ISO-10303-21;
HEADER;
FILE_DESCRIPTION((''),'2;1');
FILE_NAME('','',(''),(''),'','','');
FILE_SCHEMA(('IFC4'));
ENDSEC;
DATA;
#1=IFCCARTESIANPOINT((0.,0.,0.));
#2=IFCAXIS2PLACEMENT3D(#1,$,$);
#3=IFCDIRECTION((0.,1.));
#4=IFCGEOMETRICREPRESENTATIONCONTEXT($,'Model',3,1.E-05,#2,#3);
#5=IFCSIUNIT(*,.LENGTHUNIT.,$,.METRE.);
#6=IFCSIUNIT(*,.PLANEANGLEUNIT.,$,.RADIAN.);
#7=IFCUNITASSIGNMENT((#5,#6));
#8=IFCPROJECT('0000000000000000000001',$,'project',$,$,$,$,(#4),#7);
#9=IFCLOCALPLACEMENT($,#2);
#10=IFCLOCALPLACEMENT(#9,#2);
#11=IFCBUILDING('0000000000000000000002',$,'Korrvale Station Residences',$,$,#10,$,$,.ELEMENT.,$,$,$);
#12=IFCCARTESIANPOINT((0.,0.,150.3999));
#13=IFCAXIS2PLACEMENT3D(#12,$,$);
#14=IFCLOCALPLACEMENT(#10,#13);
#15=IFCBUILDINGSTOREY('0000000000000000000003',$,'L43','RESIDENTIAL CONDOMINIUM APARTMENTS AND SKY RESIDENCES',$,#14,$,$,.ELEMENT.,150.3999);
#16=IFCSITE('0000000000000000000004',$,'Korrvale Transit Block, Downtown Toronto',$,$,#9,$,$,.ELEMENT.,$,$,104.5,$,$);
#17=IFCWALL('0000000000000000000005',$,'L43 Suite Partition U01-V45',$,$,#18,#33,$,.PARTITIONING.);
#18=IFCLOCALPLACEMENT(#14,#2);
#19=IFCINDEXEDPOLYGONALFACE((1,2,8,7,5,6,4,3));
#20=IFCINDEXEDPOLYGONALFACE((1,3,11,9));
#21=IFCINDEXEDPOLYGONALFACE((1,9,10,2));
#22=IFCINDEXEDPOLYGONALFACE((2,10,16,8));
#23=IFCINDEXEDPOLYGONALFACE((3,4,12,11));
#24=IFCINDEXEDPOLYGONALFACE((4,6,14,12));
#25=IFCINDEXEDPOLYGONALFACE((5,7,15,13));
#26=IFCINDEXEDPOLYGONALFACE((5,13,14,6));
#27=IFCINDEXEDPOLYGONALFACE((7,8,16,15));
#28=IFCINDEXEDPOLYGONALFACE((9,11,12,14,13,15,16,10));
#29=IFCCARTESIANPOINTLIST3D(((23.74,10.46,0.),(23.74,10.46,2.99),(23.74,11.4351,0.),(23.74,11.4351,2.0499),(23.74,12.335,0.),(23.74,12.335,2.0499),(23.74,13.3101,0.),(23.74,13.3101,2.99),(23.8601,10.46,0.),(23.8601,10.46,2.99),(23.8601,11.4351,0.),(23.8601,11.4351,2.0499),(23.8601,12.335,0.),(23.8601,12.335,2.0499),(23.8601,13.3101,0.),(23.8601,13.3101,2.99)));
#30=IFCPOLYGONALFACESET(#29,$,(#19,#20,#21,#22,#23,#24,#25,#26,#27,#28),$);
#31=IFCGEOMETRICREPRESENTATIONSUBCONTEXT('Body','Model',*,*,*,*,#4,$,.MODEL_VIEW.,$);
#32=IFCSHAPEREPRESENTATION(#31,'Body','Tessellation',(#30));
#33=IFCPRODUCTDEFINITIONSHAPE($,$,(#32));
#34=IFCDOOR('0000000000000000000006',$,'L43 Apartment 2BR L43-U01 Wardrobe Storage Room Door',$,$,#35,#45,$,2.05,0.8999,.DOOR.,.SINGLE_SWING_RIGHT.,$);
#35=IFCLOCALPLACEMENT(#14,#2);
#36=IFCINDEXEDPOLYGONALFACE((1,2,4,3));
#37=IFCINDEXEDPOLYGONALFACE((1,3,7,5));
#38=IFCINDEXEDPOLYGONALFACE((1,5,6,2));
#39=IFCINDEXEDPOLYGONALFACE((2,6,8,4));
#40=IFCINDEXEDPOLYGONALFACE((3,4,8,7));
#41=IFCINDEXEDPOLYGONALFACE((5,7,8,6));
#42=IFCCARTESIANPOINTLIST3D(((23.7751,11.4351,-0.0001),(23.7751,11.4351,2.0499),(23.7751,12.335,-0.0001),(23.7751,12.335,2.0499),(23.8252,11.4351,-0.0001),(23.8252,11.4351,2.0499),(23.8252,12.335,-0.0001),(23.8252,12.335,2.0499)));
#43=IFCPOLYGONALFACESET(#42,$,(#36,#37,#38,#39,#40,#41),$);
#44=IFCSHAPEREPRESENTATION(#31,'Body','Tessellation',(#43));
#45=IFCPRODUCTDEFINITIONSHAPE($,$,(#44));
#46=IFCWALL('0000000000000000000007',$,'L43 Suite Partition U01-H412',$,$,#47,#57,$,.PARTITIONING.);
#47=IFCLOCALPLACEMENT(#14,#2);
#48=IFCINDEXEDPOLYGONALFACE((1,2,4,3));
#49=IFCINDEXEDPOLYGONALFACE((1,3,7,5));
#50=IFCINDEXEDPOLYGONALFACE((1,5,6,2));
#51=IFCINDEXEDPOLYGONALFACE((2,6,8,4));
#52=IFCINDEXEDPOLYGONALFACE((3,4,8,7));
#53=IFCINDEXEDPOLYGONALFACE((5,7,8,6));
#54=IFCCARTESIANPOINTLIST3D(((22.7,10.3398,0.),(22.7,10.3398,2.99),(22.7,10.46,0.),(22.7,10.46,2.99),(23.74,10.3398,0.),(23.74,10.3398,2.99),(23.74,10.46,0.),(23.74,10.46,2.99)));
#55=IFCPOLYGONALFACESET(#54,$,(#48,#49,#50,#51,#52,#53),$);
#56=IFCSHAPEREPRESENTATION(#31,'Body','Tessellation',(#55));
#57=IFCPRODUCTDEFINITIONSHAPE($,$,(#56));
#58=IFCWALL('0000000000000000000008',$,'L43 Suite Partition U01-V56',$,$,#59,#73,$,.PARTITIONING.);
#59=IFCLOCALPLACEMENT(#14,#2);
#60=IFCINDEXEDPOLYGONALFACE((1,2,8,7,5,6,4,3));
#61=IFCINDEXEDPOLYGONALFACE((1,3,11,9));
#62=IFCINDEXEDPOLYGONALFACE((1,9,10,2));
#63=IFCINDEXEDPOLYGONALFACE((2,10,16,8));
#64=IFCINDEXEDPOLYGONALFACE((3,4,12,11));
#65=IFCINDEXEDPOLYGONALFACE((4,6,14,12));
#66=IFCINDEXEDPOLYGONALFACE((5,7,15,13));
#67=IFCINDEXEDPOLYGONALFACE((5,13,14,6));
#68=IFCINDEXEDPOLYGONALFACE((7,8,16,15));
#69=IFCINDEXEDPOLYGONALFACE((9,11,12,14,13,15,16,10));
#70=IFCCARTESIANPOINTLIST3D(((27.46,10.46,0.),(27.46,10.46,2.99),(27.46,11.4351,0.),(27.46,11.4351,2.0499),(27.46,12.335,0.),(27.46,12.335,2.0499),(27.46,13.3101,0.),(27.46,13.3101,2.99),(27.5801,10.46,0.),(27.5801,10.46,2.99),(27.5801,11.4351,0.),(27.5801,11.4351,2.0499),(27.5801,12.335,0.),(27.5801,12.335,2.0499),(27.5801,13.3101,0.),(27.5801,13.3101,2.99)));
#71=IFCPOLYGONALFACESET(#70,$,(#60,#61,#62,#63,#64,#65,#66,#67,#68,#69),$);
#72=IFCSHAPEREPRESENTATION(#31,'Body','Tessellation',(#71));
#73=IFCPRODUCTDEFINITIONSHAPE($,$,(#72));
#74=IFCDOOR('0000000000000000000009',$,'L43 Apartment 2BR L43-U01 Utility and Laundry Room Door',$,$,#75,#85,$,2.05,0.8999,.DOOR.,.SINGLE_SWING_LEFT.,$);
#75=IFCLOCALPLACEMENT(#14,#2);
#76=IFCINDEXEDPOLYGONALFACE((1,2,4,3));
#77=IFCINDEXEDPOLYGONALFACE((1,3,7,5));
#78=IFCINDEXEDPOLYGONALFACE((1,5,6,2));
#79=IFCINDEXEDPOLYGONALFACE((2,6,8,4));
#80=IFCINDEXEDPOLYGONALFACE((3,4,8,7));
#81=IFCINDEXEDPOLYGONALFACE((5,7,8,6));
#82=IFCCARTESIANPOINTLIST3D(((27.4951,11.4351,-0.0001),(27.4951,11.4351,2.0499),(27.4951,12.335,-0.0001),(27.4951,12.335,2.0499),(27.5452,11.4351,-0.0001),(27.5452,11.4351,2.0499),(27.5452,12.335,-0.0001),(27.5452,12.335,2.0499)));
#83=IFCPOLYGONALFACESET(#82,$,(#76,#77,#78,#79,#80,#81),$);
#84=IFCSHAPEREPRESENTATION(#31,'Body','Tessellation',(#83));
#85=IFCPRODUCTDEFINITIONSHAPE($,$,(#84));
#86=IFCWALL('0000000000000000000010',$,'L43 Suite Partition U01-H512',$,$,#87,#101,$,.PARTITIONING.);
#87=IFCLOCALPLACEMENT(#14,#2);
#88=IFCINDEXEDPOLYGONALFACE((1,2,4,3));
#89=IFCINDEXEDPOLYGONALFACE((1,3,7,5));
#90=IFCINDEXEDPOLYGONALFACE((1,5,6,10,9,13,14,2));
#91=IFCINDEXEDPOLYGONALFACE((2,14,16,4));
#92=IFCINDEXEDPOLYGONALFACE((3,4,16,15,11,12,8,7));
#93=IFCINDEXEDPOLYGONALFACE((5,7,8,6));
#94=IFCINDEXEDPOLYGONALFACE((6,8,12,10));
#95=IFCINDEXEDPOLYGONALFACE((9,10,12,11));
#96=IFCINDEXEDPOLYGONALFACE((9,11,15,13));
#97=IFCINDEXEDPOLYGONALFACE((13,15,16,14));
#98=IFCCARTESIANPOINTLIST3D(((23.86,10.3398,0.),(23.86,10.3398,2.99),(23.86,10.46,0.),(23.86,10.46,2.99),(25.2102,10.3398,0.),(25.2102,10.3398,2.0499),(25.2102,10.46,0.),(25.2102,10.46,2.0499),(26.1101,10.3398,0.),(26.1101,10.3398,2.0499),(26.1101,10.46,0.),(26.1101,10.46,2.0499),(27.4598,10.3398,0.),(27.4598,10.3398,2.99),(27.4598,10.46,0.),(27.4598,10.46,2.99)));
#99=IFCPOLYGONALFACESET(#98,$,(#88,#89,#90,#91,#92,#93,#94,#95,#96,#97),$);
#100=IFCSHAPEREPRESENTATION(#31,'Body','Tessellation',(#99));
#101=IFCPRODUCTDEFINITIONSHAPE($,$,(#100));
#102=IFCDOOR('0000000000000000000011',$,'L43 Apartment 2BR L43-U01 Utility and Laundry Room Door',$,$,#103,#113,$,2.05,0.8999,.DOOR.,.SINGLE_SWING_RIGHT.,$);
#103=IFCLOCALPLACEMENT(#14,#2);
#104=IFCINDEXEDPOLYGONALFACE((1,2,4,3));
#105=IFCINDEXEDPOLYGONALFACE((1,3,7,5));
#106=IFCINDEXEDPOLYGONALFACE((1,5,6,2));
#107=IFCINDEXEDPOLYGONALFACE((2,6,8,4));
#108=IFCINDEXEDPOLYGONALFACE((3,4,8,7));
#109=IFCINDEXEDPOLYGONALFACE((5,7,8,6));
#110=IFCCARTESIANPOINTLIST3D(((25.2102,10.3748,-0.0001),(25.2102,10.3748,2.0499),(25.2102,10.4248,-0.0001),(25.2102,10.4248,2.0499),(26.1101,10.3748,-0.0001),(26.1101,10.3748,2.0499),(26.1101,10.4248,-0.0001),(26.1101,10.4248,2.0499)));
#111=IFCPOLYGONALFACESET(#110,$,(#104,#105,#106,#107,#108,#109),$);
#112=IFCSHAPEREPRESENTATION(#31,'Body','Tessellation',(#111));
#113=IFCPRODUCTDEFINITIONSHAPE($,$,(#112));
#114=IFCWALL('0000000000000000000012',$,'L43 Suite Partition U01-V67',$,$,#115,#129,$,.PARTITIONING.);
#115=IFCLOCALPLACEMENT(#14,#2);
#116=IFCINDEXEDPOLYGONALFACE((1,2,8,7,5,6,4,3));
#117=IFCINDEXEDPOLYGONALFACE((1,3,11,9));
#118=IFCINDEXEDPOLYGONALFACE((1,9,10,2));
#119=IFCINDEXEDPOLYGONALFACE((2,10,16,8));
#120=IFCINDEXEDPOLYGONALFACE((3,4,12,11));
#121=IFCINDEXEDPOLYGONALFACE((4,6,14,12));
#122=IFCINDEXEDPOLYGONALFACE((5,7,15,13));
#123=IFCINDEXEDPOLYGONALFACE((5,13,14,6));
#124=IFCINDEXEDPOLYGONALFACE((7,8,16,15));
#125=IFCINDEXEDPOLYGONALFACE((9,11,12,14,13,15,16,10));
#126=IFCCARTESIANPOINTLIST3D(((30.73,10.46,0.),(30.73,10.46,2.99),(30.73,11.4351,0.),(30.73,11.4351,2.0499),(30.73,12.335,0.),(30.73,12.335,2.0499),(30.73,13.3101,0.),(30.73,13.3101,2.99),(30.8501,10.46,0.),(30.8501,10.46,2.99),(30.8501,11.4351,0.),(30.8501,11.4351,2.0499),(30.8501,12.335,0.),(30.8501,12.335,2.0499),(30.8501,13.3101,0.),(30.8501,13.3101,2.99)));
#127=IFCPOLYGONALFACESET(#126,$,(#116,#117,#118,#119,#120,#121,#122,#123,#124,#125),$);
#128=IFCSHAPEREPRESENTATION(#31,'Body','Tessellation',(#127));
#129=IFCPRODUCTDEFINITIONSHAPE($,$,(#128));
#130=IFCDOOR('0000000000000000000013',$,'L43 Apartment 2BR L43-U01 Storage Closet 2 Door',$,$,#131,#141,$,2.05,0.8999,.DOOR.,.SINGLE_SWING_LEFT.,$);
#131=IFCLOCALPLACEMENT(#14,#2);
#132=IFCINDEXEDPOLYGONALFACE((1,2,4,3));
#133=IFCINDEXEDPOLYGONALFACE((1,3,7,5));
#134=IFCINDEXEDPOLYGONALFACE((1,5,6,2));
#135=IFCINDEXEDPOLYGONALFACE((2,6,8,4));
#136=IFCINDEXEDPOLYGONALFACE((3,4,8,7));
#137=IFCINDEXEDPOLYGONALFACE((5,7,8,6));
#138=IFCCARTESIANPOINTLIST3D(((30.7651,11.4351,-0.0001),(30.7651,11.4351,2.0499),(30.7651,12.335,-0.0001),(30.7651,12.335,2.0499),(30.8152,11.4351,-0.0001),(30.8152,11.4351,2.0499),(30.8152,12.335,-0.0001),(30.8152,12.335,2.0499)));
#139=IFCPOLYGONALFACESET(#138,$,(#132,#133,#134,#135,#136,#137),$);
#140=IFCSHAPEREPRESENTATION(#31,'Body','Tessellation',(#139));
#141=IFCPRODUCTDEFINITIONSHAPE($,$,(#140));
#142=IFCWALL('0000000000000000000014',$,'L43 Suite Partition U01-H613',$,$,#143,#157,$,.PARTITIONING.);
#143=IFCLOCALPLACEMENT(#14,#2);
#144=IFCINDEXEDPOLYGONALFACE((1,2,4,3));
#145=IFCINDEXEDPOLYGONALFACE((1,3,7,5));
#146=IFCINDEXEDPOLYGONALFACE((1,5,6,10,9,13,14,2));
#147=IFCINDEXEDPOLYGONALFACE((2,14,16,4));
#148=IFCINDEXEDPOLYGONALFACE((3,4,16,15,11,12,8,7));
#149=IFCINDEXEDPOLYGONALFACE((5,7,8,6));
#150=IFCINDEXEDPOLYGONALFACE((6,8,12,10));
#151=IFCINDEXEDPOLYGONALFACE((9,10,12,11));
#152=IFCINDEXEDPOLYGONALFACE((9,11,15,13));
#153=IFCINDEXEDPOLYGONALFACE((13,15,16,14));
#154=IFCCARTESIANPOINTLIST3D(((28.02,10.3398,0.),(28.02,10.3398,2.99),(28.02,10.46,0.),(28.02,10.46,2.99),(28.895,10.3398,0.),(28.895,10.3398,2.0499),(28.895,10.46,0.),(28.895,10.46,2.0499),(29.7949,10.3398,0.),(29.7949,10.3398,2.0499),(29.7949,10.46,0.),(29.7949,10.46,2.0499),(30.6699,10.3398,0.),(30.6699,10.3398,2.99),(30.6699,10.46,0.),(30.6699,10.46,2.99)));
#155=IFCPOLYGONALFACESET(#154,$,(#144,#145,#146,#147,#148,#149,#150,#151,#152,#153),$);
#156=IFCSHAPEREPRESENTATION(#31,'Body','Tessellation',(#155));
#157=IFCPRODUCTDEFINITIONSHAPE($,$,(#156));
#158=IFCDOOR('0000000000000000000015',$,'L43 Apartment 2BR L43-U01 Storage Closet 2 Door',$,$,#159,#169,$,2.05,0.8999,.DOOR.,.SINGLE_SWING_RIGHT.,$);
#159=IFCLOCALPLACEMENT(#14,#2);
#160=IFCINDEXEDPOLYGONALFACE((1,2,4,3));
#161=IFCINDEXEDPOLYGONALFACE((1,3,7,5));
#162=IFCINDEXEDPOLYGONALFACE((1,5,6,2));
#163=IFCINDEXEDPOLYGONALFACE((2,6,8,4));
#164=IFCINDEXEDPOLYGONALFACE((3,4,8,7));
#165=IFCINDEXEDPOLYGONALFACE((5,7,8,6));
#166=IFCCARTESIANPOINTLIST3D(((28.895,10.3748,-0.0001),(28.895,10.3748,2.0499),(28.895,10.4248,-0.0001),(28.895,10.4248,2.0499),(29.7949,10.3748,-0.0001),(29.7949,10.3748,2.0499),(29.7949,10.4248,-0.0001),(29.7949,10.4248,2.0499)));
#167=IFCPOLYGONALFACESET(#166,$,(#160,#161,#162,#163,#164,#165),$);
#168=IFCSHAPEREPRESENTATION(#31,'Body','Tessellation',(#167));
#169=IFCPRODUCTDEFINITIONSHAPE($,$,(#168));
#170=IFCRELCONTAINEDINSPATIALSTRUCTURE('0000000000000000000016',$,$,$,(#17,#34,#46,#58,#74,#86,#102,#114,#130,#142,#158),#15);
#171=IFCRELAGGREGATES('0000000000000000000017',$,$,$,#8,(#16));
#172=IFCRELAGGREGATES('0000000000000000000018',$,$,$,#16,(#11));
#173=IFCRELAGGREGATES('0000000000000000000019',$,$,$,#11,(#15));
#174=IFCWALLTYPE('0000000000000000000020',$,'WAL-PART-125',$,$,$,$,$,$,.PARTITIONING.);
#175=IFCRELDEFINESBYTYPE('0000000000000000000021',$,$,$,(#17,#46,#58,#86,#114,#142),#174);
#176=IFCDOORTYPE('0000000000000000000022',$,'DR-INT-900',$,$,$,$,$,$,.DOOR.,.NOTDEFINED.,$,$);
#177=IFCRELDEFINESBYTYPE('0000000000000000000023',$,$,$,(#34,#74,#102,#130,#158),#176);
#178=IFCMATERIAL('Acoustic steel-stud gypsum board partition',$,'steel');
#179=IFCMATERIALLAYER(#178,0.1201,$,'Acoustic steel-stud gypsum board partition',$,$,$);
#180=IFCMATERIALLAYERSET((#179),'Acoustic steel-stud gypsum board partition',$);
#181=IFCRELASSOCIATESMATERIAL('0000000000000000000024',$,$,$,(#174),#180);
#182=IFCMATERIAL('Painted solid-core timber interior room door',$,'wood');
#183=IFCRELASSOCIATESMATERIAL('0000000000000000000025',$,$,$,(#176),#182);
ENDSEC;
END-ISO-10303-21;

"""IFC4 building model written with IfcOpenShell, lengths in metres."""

from ifc_helpers import new_model, si_unit, direction, frame, frame_2d, origin, place, context, subcontext, project, spatial, rectangle, extrude, material, layer, layer_set, type_object, element, fill, save


model = new_model("IFC4")

# Units and contexts
model_context = context("Model", 3, precision=1e-05, world=origin(), true_north=direction((0.0, 1.0)))
body_context = subcontext(model_context, "Body", "Model", "MODEL_VIEW")
ifc_project = project(units=[si_unit("LENGTHUNIT", "METRE"), si_unit("PLANEANGLEUNIT", "RADIAN")], contexts=[model_context])

# Site, building, storey
site_placement = place(None, origin())
site = spatial("IfcSite", under=ifc_project, at=site_placement, Name="Korrvale Transit Block, Downtown Toronto", CompositionType="ELEMENT", RefElevation=104.5)
building_placement = place(site_placement, origin())
building = spatial("IfcBuilding", under=site, at=building_placement, Name="Korrvale Station Residences", CompositionType="ELEMENT")
storey_placement = place(building_placement, frame((0.0, 0.0, 150.3999)))
storey = spatial("IfcBuildingStorey", under=building, at=storey_placement, Name="L43", Description="RESIDENTIAL CONDOMINIUM APARTMENTS AND SKY RESIDENCES", CompositionType="ELEMENT", Elevation=150.3999)

# Wall, opening, door
ifc_material_1 = material(Name="Acoustic steel-stud gypsum board partition", Category="steel")
ifc_layer_1 = layer(ifc_material_1, 0.1201, Name="Acoustic steel-stud gypsum board partition")
ifc_layer_set_1 = layer_set([ifc_layer_1], Name="Acoustic steel-stud gypsum board partition")
wall_type = type_object("IfcWallType", Name="WAL-PART-125", PredefinedType="PARTITIONING", material=ifc_layer_set_1)
wall_1_placement = place(storey_placement, frame((23.8, 10.46, 0.0), z_axis=(0.0, 0.0, 1.0), x_axis=(0.0, 1.0, 0.0)))
wall_1 = element("IfcWall", 1, at=wall_1_placement, inside=storey, type_object=wall_type, Name="L43 Suite Partition U01-V45", PredefinedType="PARTITIONING", context=body_context, shape_type="SweptSolid", body=[
    extrude(rectangle(XDim=2.8501, YDim=0.1201, at=frame_2d((1.425, 0.0))), origin(), (0.0, 0.0, 1.0), 2.99),
])
opening_1_placement = place(wall_1_placement, frame((0.9751, 0.0, 0.0)))
opening_1 = element("IfcOpeningElement", 2, at=opening_1_placement, cuts=wall_1, PredefinedType="OPENING", context=body_context, shape_type="SweptSolid", body=[
    extrude(rectangle(XDim=0.8999, YDim=2.05, at=frame_2d((0.45, 1.0249))), frame((0.0, 0.0701, 0.0), z_axis=(0.0, -1.0, 0.0), x_axis=(1.0, 0.0, 0.0)), (0.0, 0.0, 1.0), 0.1401),
])
ifc_material_2 = material(Name="Painted solid-core timber interior room door", Category="wood")
door_type = type_object("IfcDoorType", Name="DR-INT-900", OperationType="NOTDEFINED", PredefinedType="DOOR", material=ifc_material_2)
door_1_placement = place(opening_1_placement, origin())
door_1 = element("IfcDoor", 3, at=door_1_placement, inside=storey, type_object=door_type, Name="L43 Apartment 2BR L43-U01 Wardrobe Storage Room Door", OperationType="SINGLE_SWING_RIGHT", OverallHeight=2.05, OverallWidth=0.8999, PredefinedType="DOOR", context=body_context, shape_type="SweptSolid", body=[
    extrude(rectangle(XDim=0.8999, YDim=2.05, at=frame_2d((0.45, 1.0249))), frame((0.0, 0.0249, 0.0), z_axis=(0.0, -1.0, 0.0), x_axis=(1.0, 0.0, 0.0)), (0.0, 0.0, 1.0), 0.05),
])
fill(opening_1, door_1)

# Wall
wall_2_placement = place(storey_placement, frame((22.7, 10.3999, 0.0), z_axis=(0.0, 0.0, 1.0), x_axis=(1.0, 0.0, 0.0)))
element("IfcWall", 4, at=wall_2_placement, inside=storey, type_object=wall_type, Name="L43 Suite Partition U01-H412", PredefinedType="PARTITIONING", context=body_context, shape_type="SweptSolid", body=[
    extrude(rectangle(XDim=1.04, YDim=0.1201, at=frame_2d((0.52, 0.0))), origin(), (0.0, 0.0, 1.0), 2.99),
])

# Walls, openings, doors
wall_3_placement = place(storey_placement, frame((27.52, 10.46, 0.0), z_axis=(0.0, 0.0, 1.0), x_axis=(0.0, 1.0, 0.0)))
wall_3 = element("IfcWall", 5, at=wall_3_placement, inside=storey, type_object=wall_type, Name="L43 Suite Partition U01-V56", PredefinedType="PARTITIONING", context=body_context, shape_type="SweptSolid", body=[
    extrude(rectangle(XDim=2.8501, YDim=0.1201, at=frame_2d((1.425, 0.0))), origin(), (0.0, 0.0, 1.0), 2.99),
])
opening_2_placement = place(wall_3_placement, frame((0.9751, 0.0, 0.0)))
opening_2 = element("IfcOpeningElement", 6, at=opening_2_placement, cuts=wall_3, PredefinedType="OPENING", context=body_context, shape_type="SweptSolid", body=[
    extrude(rectangle(XDim=0.8999, YDim=2.05, at=frame_2d((0.45, 1.0249))), frame((0.0, 0.0701, 0.0), z_axis=(0.0, -1.0, 0.0), x_axis=(1.0, 0.0, 0.0)), (0.0, 0.0, 1.0), 0.1401),
])
door_2_placement = place(opening_2_placement, origin())
door_2 = element("IfcDoor", 7, at=door_2_placement, inside=storey, type_object=door_type, Name="L43 Apartment 2BR L43-U01 Utility and Laundry Room Door", OperationType="SINGLE_SWING_LEFT", OverallHeight=2.05, OverallWidth=0.8999, PredefinedType="DOOR", context=body_context, shape_type="SweptSolid", body=[
    extrude(rectangle(XDim=0.8999, YDim=2.05, at=frame_2d((0.45, 1.0249))), frame((0.0, 0.0249, 0.0), z_axis=(0.0, -1.0, 0.0), x_axis=(1.0, 0.0, 0.0)), (0.0, 0.0, 1.0), 0.05),
])
fill(opening_2, door_2)
wall_4_placement = place(storey_placement, frame((23.8601, 10.3999, 0.0), z_axis=(0.0, 0.0, 1.0), x_axis=(1.0, 0.0, 0.0)))
wall_4 = element("IfcWall", 8, at=wall_4_placement, inside=storey, type_object=wall_type, Name="L43 Suite Partition U01-H512", PredefinedType="PARTITIONING", context=body_context, shape_type="SweptSolid", body=[
    extrude(rectangle(XDim=3.5999, YDim=0.1201, at=frame_2d((1.7998, 0.0))), origin(), (0.0, 0.0, 1.0), 2.99),
])
opening_3_placement = place(wall_4_placement, frame((1.3501, 0.0, 0.0)))
opening_3 = element("IfcOpeningElement", 9, at=opening_3_placement, cuts=wall_4, PredefinedType="OPENING", context=body_context, shape_type="SweptSolid", body=[
    extrude(rectangle(XDim=0.8999, YDim=2.05, at=frame_2d((0.45, 1.0249))), frame((0.0, 0.0701, 0.0), z_axis=(0.0, -1.0, 0.0), x_axis=(1.0, 0.0, 0.0)), (0.0, 0.0, 1.0), 0.1401),
])
door_3_placement = place(opening_3_placement, origin())
door_3 = element("IfcDoor", 10, at=door_3_placement, inside=storey, type_object=door_type, Name="L43 Apartment 2BR L43-U01 Utility and Laundry Room Door", OperationType="SINGLE_SWING_RIGHT", OverallHeight=2.05, OverallWidth=0.8999, PredefinedType="DOOR", context=body_context, shape_type="SweptSolid", body=[
    extrude(rectangle(XDim=0.8999, YDim=2.05, at=frame_2d((0.45, 1.0249))), frame((0.0, 0.0249, 0.0), z_axis=(0.0, -1.0, 0.0), x_axis=(1.0, 0.0, 0.0)), (0.0, 0.0, 1.0), 0.05),
])
fill(opening_3, door_3)
wall_5_placement = place(storey_placement, frame((30.79, 10.46, 0.0), z_axis=(0.0, 0.0, 1.0), x_axis=(0.0, 1.0, 0.0)))
wall_5 = element("IfcWall", 11, at=wall_5_placement, inside=storey, type_object=wall_type, Name="L43 Suite Partition U01-V67", PredefinedType="PARTITIONING", context=body_context, shape_type="SweptSolid", body=[
    extrude(rectangle(XDim=2.8501, YDim=0.1201, at=frame_2d((1.425, 0.0))), origin(), (0.0, 0.0, 1.0), 2.99),
])
opening_4_placement = place(wall_5_placement, frame((0.9751, 0.0, 0.0)))
opening_4 = element("IfcOpeningElement", 12, at=opening_4_placement, cuts=wall_5, PredefinedType="OPENING", context=body_context, shape_type="SweptSolid", body=[
    extrude(rectangle(XDim=0.8999, YDim=2.05, at=frame_2d((0.45, 1.0249))), frame((0.0, 0.0701, 0.0), z_axis=(0.0, -1.0, 0.0), x_axis=(1.0, 0.0, 0.0)), (0.0, 0.0, 1.0), 0.1401),
])
door_4_placement = place(opening_4_placement, origin())
door_4 = element("IfcDoor", 13, at=door_4_placement, inside=storey, type_object=door_type, Name="L43 Apartment 2BR L43-U01 Storage Closet 2 Door", OperationType="SINGLE_SWING_LEFT", OverallHeight=2.05, OverallWidth=0.8999, PredefinedType="DOOR", context=body_context, shape_type="SweptSolid", body=[
    extrude(rectangle(XDim=0.8999, YDim=2.05, at=frame_2d((0.45, 1.0249))), frame((0.0, 0.0249, 0.0), z_axis=(0.0, -1.0, 0.0), x_axis=(1.0, 0.0, 0.0)), (0.0, 0.0, 1.0), 0.05),
])
fill(opening_4, door_4)
wall_6_placement = place(storey_placement, frame((28.02, 10.3999, 0.0), z_axis=(0.0, 0.0, 1.0), x_axis=(1.0, 0.0, 0.0)))
wall_6 = element("IfcWall", 14, at=wall_6_placement, inside=storey, type_object=wall_type, Name="L43 Suite Partition U01-H613", PredefinedType="PARTITIONING", context=body_context, shape_type="SweptSolid", body=[
    extrude(rectangle(XDim=2.6499, YDim=0.1201, at=frame_2d((1.325, 0.0))), origin(), (0.0, 0.0, 1.0), 2.99),
])
opening_5_placement = place(wall_6_placement, frame((0.875, 0.0, 0.0)))
opening_5 = element("IfcOpeningElement", 15, at=opening_5_placement, cuts=wall_6, PredefinedType="OPENING", context=body_context, shape_type="SweptSolid", body=[
    extrude(rectangle(XDim=0.8999, YDim=2.05, at=frame_2d((0.45, 1.0249))), frame((0.0, 0.0701, 0.0), z_axis=(0.0, -1.0, 0.0), x_axis=(1.0, 0.0, 0.0)), (0.0, 0.0, 1.0), 0.1401),
])
door_5_placement = place(opening_5_placement, origin())
door_5 = element("IfcDoor", 16, at=door_5_placement, inside=storey, type_object=door_type, Name="L43 Apartment 2BR L43-U01 Storage Closet 2 Door", OperationType="SINGLE_SWING_RIGHT", OverallHeight=2.05, OverallWidth=0.8999, PredefinedType="DOOR", context=body_context, shape_type="SweptSolid", body=[
    extrude(rectangle(XDim=0.8999, YDim=2.05, at=frame_2d((0.45, 1.0249))), frame((0.0, 0.0249, 0.0), z_axis=(0.0, -1.0, 0.0), x_axis=(1.0, 0.0, 0.0)), (0.0, 0.0, 1.0), 0.05),
])
fill(opening_5, door_5)

save(model, "model.ifc")
